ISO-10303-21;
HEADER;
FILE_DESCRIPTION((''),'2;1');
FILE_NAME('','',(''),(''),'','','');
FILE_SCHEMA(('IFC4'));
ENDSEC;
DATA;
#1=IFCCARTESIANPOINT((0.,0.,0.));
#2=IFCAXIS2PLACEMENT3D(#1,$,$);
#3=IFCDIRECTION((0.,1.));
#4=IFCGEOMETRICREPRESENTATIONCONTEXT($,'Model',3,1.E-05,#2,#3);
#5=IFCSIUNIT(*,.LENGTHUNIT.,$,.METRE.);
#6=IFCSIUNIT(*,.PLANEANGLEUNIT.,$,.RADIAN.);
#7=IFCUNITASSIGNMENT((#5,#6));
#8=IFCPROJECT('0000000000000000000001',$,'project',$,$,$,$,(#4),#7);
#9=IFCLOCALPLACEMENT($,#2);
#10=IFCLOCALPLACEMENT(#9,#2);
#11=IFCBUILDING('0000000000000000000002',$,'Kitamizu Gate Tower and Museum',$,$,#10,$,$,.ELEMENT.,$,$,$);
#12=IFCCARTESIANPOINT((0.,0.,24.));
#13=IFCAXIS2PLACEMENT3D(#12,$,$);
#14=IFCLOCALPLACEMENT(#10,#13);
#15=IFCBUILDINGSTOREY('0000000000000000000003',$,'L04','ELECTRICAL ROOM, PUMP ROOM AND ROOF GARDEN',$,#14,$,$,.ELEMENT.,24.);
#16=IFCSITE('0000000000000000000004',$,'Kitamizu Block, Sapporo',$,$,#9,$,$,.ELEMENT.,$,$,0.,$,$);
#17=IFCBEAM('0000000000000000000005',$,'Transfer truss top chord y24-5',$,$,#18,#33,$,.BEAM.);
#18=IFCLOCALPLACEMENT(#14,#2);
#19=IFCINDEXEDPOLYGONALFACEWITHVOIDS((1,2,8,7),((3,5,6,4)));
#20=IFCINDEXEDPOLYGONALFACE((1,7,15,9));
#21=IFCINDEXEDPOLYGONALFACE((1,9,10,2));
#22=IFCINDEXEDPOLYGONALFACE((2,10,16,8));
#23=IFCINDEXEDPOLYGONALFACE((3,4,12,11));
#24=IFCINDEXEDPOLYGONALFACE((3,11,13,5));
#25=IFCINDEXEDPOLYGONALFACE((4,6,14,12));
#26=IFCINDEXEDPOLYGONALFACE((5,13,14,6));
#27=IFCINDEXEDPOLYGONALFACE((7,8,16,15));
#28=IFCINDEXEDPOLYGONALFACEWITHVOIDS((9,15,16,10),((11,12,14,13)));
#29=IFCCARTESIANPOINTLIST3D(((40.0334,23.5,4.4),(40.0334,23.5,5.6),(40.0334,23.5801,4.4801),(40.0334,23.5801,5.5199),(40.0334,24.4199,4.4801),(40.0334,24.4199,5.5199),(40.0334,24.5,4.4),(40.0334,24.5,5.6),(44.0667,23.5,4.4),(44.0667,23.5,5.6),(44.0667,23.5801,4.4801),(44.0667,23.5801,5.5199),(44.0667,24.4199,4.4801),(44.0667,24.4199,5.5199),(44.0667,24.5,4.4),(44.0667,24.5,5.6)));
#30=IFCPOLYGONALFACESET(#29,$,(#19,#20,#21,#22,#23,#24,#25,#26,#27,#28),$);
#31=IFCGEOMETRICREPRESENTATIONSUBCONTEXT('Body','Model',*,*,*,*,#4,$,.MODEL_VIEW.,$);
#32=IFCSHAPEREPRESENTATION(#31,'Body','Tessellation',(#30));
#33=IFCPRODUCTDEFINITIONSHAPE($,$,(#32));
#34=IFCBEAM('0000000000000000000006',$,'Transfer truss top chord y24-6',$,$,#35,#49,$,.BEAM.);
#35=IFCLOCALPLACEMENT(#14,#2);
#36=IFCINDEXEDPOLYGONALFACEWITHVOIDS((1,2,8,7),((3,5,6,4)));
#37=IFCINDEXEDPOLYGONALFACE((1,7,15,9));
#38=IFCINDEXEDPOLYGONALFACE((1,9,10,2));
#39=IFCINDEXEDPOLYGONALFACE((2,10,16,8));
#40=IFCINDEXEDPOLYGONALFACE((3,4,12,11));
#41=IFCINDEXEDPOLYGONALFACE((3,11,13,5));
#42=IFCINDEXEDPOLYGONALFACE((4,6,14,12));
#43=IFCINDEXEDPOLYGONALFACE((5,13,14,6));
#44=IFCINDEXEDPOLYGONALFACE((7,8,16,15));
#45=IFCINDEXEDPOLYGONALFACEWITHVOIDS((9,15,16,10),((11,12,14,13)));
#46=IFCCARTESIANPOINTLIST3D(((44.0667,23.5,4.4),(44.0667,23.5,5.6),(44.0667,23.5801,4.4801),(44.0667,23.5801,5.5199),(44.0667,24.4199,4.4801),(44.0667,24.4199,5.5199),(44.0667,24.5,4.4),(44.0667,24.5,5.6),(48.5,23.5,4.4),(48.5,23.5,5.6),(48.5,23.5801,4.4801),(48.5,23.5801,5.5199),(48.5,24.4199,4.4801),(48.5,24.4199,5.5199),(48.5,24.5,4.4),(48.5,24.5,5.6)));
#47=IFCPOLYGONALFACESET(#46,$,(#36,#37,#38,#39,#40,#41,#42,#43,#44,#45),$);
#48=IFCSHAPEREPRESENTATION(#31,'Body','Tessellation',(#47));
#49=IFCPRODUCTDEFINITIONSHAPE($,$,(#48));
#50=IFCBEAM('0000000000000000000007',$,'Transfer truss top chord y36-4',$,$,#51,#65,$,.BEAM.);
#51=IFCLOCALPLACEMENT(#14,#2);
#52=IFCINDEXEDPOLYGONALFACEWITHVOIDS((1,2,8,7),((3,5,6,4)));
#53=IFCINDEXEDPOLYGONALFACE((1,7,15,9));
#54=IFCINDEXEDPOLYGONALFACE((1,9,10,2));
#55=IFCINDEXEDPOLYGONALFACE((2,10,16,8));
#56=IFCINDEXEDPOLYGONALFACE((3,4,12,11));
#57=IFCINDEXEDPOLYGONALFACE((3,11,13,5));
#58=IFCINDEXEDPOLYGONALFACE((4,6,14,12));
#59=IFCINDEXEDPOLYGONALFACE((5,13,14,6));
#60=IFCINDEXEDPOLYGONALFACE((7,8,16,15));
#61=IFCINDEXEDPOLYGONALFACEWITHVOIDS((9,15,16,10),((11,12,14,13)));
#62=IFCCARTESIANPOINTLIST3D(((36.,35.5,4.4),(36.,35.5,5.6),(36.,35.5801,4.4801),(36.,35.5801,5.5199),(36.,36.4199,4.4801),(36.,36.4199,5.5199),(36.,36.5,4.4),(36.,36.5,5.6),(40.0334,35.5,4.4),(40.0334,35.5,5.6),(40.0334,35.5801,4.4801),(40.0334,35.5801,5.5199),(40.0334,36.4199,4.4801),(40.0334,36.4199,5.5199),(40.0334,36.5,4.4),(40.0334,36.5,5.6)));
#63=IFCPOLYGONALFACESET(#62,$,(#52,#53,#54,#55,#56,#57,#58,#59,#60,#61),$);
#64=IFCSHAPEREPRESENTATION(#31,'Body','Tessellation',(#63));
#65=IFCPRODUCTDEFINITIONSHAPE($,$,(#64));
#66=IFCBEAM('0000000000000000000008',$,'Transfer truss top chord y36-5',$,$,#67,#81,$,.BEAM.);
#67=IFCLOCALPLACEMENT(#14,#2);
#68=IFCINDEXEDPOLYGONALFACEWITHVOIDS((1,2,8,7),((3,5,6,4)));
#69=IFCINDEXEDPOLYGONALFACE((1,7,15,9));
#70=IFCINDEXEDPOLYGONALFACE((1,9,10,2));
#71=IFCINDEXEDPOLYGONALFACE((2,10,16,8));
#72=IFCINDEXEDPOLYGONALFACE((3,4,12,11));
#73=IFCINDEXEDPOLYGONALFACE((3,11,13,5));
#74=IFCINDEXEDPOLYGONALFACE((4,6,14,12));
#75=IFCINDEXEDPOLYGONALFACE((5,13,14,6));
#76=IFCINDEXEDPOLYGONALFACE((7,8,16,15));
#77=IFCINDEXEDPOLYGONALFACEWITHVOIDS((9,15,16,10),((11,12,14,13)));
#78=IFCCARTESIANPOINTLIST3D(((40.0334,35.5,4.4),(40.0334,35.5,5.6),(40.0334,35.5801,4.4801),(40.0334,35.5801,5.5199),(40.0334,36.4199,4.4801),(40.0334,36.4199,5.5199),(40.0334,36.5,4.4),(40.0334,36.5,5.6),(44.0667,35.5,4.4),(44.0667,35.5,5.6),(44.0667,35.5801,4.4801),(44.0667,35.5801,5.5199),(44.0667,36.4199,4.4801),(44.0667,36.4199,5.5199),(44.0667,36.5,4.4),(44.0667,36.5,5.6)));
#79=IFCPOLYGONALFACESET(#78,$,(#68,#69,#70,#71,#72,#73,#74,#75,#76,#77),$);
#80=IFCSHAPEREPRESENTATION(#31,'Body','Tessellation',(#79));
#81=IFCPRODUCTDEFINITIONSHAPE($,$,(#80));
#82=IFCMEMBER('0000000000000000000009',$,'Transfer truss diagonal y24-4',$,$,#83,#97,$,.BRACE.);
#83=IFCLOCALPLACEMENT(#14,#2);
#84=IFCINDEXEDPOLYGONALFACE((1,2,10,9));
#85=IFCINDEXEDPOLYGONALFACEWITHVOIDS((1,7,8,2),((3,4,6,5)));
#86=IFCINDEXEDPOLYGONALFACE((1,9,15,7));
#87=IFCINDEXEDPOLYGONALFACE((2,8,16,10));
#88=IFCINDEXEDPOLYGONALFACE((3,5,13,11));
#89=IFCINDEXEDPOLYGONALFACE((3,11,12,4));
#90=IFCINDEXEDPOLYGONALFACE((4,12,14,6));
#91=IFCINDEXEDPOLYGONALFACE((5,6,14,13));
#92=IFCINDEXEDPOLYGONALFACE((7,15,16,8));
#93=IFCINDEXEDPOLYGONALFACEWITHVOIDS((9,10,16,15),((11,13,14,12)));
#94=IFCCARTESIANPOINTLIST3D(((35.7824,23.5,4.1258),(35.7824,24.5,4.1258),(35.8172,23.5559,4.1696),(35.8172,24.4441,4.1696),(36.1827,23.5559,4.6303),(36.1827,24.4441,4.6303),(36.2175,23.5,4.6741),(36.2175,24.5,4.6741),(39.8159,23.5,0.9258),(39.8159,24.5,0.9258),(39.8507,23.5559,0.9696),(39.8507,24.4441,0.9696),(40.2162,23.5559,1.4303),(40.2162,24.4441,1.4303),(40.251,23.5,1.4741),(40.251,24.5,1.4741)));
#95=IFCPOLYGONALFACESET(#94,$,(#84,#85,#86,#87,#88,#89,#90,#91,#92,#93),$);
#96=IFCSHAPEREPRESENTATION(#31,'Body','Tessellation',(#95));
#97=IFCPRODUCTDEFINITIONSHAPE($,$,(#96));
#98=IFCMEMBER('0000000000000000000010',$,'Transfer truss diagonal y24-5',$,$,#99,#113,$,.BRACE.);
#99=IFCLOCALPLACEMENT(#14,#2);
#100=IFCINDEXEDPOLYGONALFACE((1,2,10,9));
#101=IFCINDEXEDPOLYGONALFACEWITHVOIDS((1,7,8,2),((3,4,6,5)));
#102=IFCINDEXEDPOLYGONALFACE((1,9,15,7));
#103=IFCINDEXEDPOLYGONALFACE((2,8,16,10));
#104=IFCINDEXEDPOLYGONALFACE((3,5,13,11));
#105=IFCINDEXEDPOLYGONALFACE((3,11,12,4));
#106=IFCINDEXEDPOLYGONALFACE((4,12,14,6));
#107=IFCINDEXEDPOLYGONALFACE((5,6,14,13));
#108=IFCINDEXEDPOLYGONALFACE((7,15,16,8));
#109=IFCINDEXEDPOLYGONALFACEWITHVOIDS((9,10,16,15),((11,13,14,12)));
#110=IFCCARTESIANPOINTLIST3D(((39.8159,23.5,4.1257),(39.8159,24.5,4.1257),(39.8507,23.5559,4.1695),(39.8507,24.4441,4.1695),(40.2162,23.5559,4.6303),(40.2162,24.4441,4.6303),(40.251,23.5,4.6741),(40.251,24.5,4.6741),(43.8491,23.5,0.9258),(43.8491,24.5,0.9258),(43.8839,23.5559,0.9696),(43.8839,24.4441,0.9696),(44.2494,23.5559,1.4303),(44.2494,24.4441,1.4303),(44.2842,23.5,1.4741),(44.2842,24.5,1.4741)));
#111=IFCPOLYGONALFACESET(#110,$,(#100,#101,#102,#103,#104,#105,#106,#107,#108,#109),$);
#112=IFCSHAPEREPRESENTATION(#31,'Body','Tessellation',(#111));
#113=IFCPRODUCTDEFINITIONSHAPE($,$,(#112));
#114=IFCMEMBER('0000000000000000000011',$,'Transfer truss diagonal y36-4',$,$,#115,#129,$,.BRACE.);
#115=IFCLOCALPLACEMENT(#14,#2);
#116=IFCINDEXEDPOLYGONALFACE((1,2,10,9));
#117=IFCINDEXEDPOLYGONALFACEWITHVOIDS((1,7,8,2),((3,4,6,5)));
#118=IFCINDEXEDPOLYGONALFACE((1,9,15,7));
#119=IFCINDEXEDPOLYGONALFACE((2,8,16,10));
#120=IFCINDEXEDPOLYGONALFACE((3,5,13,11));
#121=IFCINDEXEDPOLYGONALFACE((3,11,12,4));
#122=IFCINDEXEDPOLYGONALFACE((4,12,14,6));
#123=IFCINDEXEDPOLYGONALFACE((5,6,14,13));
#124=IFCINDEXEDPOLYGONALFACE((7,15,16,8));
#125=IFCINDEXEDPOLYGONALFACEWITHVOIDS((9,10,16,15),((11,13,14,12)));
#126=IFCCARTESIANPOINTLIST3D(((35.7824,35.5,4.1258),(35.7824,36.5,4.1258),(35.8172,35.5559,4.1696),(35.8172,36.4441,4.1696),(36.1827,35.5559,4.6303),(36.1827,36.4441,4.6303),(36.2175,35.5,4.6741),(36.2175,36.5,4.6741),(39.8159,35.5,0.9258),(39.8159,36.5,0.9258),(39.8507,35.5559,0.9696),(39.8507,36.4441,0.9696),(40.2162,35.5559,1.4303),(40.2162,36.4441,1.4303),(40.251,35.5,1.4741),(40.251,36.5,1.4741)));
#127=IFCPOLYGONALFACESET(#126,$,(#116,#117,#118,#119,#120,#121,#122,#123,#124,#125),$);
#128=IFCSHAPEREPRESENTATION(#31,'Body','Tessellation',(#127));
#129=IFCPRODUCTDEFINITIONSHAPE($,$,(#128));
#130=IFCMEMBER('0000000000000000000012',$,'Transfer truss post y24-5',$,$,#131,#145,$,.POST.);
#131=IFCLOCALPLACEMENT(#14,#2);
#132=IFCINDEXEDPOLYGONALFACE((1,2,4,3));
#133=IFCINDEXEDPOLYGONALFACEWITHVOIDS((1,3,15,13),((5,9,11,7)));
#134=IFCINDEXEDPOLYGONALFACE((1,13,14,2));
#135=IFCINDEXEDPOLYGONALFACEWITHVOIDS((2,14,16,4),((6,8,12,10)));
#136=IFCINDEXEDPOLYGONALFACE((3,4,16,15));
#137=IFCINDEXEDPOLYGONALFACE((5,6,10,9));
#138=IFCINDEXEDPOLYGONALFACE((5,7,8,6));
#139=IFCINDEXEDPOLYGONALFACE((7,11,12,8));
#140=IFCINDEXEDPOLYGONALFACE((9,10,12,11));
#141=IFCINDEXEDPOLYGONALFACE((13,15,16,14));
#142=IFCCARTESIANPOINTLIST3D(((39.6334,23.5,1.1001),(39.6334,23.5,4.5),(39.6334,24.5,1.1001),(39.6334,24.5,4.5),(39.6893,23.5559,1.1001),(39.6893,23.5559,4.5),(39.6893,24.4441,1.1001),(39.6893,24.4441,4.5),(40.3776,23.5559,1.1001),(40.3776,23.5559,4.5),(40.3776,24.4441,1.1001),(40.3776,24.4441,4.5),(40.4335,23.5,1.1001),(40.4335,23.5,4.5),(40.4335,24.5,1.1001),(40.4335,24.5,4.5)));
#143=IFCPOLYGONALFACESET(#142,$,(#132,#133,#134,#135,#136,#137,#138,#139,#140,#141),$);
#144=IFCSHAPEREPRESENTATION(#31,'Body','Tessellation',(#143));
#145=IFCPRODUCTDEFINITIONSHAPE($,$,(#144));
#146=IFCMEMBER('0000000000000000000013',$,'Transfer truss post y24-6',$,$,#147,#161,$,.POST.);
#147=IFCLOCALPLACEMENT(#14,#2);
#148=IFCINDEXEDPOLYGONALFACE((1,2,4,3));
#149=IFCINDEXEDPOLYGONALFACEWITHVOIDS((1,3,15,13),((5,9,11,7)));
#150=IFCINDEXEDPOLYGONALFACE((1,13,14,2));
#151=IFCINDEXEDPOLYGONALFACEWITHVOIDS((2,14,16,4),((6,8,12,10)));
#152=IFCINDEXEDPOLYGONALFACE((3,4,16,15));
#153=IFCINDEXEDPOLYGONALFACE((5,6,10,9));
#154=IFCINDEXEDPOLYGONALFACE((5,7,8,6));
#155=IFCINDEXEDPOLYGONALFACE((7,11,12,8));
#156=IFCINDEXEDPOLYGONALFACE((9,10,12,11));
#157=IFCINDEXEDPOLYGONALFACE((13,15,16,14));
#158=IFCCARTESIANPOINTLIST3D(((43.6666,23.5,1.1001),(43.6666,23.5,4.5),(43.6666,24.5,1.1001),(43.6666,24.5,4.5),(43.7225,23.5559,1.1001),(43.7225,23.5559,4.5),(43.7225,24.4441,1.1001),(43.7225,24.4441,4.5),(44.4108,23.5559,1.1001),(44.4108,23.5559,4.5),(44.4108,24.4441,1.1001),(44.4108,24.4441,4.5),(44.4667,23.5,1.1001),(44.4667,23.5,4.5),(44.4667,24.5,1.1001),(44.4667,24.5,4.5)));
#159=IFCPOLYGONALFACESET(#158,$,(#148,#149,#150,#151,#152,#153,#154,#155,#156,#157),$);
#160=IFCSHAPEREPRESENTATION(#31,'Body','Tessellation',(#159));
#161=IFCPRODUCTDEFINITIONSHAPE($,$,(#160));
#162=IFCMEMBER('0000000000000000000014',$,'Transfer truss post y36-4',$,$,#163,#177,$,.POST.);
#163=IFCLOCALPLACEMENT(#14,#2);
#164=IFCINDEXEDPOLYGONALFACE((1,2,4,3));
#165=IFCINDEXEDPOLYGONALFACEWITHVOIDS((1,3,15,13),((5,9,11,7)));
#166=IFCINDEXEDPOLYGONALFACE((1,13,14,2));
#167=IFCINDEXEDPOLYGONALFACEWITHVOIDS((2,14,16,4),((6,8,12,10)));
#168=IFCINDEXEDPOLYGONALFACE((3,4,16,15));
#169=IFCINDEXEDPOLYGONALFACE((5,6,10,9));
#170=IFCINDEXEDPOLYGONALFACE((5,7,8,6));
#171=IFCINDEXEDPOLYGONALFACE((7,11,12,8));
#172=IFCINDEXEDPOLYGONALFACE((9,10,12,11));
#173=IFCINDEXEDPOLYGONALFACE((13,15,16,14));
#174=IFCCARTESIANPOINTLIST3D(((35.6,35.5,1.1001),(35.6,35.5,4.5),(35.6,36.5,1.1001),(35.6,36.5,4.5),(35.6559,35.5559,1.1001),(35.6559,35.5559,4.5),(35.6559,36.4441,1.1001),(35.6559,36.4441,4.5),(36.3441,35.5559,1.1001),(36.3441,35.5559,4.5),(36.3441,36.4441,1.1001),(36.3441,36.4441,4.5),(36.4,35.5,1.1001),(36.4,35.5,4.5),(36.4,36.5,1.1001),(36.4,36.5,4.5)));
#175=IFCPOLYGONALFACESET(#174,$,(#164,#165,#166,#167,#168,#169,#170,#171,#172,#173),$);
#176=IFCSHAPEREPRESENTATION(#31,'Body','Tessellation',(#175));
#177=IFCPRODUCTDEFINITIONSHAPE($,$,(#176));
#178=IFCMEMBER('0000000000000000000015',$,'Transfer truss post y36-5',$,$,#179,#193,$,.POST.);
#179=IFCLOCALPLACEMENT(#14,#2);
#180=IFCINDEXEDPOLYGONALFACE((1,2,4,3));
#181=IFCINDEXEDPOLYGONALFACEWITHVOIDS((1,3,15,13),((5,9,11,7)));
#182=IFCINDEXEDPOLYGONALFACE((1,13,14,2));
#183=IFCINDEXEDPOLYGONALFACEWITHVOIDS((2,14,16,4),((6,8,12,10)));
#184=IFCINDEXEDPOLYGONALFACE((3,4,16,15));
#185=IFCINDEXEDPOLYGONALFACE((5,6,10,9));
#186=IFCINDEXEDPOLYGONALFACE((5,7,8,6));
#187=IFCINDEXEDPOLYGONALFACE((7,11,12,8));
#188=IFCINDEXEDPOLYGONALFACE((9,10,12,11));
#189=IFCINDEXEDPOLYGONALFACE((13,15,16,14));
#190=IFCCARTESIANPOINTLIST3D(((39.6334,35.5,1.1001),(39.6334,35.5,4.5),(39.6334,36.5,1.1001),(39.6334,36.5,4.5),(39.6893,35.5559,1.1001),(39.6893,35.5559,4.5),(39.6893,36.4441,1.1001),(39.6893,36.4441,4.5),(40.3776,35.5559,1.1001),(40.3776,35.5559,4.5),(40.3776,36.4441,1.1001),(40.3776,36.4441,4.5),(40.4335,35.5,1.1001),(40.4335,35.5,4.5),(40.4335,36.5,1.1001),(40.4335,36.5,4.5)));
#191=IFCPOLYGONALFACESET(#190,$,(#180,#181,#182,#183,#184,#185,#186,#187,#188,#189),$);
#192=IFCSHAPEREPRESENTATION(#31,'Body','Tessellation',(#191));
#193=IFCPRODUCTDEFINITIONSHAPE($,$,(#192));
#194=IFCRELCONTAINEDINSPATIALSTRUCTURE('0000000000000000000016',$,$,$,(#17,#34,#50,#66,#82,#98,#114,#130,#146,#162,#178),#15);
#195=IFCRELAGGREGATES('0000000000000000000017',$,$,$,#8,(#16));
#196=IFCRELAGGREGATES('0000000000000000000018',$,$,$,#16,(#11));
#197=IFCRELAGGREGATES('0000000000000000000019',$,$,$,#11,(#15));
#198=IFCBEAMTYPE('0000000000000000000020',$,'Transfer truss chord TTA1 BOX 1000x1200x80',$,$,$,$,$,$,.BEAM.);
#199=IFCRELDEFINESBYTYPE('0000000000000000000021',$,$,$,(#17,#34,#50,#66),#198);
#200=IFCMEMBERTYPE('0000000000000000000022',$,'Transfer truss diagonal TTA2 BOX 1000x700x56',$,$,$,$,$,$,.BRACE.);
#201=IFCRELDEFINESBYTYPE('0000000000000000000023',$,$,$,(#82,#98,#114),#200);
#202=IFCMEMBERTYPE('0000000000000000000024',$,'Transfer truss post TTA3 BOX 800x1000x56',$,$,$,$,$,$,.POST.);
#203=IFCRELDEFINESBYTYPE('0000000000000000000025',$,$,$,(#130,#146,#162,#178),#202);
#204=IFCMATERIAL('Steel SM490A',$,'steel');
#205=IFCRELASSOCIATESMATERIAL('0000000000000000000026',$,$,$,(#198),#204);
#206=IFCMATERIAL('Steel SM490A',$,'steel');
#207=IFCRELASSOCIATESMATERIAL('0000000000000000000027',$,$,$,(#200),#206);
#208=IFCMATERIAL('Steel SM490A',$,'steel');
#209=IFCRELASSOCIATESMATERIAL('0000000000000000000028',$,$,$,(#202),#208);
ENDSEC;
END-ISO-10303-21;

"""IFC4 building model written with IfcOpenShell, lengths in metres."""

from ifc_helpers import new_model, si_unit, direction, frame, origin, origin_2d, place, context, subcontext, project, spatial, hollow_rectangle, extrude, material, material_profile, profile_set, type_object, element, save


model = new_model("IFC4")

# Units and contexts
model_context = context("Model", 3, precision=1e-05, world=origin(), true_north=direction((0.0, 1.0)))
body_context = subcontext(model_context, "Body", "Model", "MODEL_VIEW")
ifc_project = project(units=[si_unit("LENGTHUNIT", "METRE"), si_unit("PLANEANGLEUNIT", "RADIAN")], contexts=[model_context])

# Site, building, storey
site_placement = place(None, origin())
site = spatial("IfcSite", under=ifc_project, at=site_placement, Name="Kitamizu Block, Sapporo", CompositionType="ELEMENT", RefElevation=0.0)
building_placement = place(site_placement, origin())
building = spatial("IfcBuilding", under=site, at=building_placement, Name="Kitamizu Gate Tower and Museum", CompositionType="ELEMENT")
storey_placement = place(building_placement, frame((0.0, 0.0, 24.0)))
storey = spatial("IfcBuildingStorey", under=building, at=storey_placement, Name="L04", Description="ELECTRICAL ROOM, PUMP ROOM AND ROOF GARDEN", CompositionType="ELEMENT", Elevation=24.0)

# Beams
ifc_material_1 = material(Name="Steel SM490A", Category="steel")
ifc_material_profile_1 = material_profile(ifc_material_1, hollow_rectangle(XDim=1.0, YDim=1.2, WallThickness=0.0801, at=origin_2d()), Name="BOX 1000x1200x80")
ifc_profile_set_1 = profile_set([ifc_material_profile_1], Name="Steel SM490A")
beam_type = type_object("IfcBeamType", Name="Transfer truss chord TTA1 BOX 1000x1200x80", PredefinedType="BEAM", material=ifc_profile_set_1)
beam_1_placement = place(storey_placement, frame((40.0334, 24.0, 5.0), z_axis=(1.0, 0.0, 0.0), x_axis=(0.0, 1.0, 0.0)))
element("IfcBeam", 1, at=beam_1_placement, inside=storey, type_object=beam_type, Name="Transfer truss top chord y24-5", PredefinedType="BEAM", context=body_context, shape_type="SweptSolid", body=[
    extrude(hollow_rectangle(XDim=1.0, YDim=1.2, WallThickness=0.0801, at=origin_2d()), origin(), (0.0, 0.0, 1.0), 4.0332),
])
beam_2_placement = place(storey_placement, frame((44.0667, 24.0, 5.0), z_axis=(1.0, 0.0, 0.0), x_axis=(0.0, 1.0, 0.0)))
element("IfcBeam", 2, at=beam_2_placement, inside=storey, type_object=beam_type, Name="Transfer truss top chord y24-6", PredefinedType="BEAM", context=body_context, shape_type="SweptSolid", body=[
    extrude(hollow_rectangle(XDim=1.0, YDim=1.2, WallThickness=0.0801, at=origin_2d()), origin(), (0.0, 0.0, 1.0), 4.4333),
])
beam_3_placement = place(storey_placement, frame((36.0, 36.0, 5.0), z_axis=(1.0, 0.0, 0.0), x_axis=(0.0, 1.0, 0.0)))
element("IfcBeam", 3, at=beam_3_placement, inside=storey, type_object=beam_type, Name="Transfer truss top chord y36-4", PredefinedType="BEAM", context=body_context, shape_type="SweptSolid", body=[
    extrude(hollow_rectangle(XDim=1.0, YDim=1.2, WallThickness=0.0801, at=origin_2d()), origin(), (0.0, 0.0, 1.0), 4.0334),
])
beam_4_placement = place(storey_placement, frame((40.0334, 36.0, 5.0), z_axis=(1.0, 0.0, 0.0), x_axis=(0.0, 1.0, 0.0)))
element("IfcBeam", 4, at=beam_4_placement, inside=storey, type_object=beam_type, Name="Transfer truss top chord y36-5", PredefinedType="BEAM", context=body_context, shape_type="SweptSolid", body=[
    extrude(hollow_rectangle(XDim=1.0, YDim=1.2, WallThickness=0.0801, at=origin_2d()), origin(), (0.0, 0.0, 1.0), 4.0332),
])

# Members
ifc_material_2 = material(Name="Steel SM490A", Category="steel")
ifc_material_profile_2 = material_profile(ifc_material_2, hollow_rectangle(XDim=1.0, YDim=0.7, WallThickness=0.0559, at=origin_2d()), Name="BOX 1000x700x56")
ifc_profile_set_2 = profile_set([ifc_material_profile_2], Name="Steel SM490A")
member_type_1 = type_object("IfcMemberType", Name="Transfer truss diagonal TTA2 BOX 1000x700x56", PredefinedType="BRACE", material=ifc_profile_set_2)
member_1_placement = place(storey_placement, frame((40.0334, 24.0, 1.2), z_axis=(-0.783402, 0.0, 0.621515), x_axis=(0.0, -1.0, 0.0)))
element("IfcMember", 5, at=member_1_placement, inside=storey, type_object=member_type_1, Name="Transfer truss diagonal y24-4", PredefinedType="BRACE", context=body_context, shape_type="SweptSolid", body=[
    extrude(hollow_rectangle(XDim=1.0, YDim=0.7, WallThickness=0.0559, at=origin_2d()), origin(), (0.0, 0.0, 1.0), 5.1487),
])
member_2_placement = place(storey_placement, frame((44.0667, 24.0, 1.2), z_axis=(-0.783384, 0.0, 0.621538), x_axis=(0.0, -1.0, 0.0)))
element("IfcMember", 6, at=member_2_placement, inside=storey, type_object=member_type_1, Name="Transfer truss diagonal y24-5", PredefinedType="BRACE", context=body_context, shape_type="SweptSolid", body=[
    extrude(hollow_rectangle(XDim=1.0, YDim=0.7, WallThickness=0.0559, at=origin_2d()), origin(), (0.0, 0.0, 1.0), 5.1484),
])
member_3_placement = place(storey_placement, frame((40.0334, 36.0, 1.2), z_axis=(-0.783402, 0.0, 0.621515), x_axis=(0.0, -1.0, 0.0)))
element("IfcMember", 7, at=member_3_placement, inside=storey, type_object=member_type_1, Name="Transfer truss diagonal y36-4", PredefinedType="BRACE", context=body_context, shape_type="SweptSolid", body=[
    extrude(hollow_rectangle(XDim=1.0, YDim=0.7, WallThickness=0.0559, at=origin_2d()), origin(), (0.0, 0.0, 1.0), 5.1487),
])
ifc_material_3 = material(Name="Steel SM490A", Category="steel")
ifc_material_profile_3 = material_profile(ifc_material_3, hollow_rectangle(XDim=0.8, YDim=1.0, WallThickness=0.0559, at=origin_2d()), Name="BOX 800x1000x56")
ifc_profile_set_3 = profile_set([ifc_material_profile_3], Name="Steel SM490A")
member_type_2 = type_object("IfcMemberType", Name="Transfer truss post TTA3 BOX 800x1000x56", PredefinedType="POST", material=ifc_profile_set_3)
for number, where, z_axis, x_axis, name in (
    (8, (40.0334, 24.0, 1.1001), (0.0, 0.0, 1.0), (1.0, 0.0, 0.0), "Transfer truss post y24-5"),
    (9, (44.0667, 24.0, 1.1001), (0.0, 0.0, 1.0), (1.0, 0.0, 0.0), "Transfer truss post y24-6"),
    (10, (36.0, 36.0, 1.1001), (0.0, 0.0, 1.0), (1.0, 0.0, 0.0), "Transfer truss post y36-4"),
    (11, (40.0334, 36.0, 1.1001), (0.0, 0.0, 1.0), (1.0, 0.0, 0.0), "Transfer truss post y36-5"),
):
    element("IfcMember", number, at=place(storey_placement, frame(where, z_axis=z_axis, x_axis=x_axis)), inside=storey, type_object=member_type_2, Name=name, PredefinedType="POST", context=body_context, shape_type="SweptSolid", body=[
        extrude(hollow_rectangle(XDim=0.8, YDim=1.0, WallThickness=0.0559, at=origin_2d()), origin(), (0.0, 0.0, 1.0), 3.3999),
    ])

save(model, "model.ifc")
